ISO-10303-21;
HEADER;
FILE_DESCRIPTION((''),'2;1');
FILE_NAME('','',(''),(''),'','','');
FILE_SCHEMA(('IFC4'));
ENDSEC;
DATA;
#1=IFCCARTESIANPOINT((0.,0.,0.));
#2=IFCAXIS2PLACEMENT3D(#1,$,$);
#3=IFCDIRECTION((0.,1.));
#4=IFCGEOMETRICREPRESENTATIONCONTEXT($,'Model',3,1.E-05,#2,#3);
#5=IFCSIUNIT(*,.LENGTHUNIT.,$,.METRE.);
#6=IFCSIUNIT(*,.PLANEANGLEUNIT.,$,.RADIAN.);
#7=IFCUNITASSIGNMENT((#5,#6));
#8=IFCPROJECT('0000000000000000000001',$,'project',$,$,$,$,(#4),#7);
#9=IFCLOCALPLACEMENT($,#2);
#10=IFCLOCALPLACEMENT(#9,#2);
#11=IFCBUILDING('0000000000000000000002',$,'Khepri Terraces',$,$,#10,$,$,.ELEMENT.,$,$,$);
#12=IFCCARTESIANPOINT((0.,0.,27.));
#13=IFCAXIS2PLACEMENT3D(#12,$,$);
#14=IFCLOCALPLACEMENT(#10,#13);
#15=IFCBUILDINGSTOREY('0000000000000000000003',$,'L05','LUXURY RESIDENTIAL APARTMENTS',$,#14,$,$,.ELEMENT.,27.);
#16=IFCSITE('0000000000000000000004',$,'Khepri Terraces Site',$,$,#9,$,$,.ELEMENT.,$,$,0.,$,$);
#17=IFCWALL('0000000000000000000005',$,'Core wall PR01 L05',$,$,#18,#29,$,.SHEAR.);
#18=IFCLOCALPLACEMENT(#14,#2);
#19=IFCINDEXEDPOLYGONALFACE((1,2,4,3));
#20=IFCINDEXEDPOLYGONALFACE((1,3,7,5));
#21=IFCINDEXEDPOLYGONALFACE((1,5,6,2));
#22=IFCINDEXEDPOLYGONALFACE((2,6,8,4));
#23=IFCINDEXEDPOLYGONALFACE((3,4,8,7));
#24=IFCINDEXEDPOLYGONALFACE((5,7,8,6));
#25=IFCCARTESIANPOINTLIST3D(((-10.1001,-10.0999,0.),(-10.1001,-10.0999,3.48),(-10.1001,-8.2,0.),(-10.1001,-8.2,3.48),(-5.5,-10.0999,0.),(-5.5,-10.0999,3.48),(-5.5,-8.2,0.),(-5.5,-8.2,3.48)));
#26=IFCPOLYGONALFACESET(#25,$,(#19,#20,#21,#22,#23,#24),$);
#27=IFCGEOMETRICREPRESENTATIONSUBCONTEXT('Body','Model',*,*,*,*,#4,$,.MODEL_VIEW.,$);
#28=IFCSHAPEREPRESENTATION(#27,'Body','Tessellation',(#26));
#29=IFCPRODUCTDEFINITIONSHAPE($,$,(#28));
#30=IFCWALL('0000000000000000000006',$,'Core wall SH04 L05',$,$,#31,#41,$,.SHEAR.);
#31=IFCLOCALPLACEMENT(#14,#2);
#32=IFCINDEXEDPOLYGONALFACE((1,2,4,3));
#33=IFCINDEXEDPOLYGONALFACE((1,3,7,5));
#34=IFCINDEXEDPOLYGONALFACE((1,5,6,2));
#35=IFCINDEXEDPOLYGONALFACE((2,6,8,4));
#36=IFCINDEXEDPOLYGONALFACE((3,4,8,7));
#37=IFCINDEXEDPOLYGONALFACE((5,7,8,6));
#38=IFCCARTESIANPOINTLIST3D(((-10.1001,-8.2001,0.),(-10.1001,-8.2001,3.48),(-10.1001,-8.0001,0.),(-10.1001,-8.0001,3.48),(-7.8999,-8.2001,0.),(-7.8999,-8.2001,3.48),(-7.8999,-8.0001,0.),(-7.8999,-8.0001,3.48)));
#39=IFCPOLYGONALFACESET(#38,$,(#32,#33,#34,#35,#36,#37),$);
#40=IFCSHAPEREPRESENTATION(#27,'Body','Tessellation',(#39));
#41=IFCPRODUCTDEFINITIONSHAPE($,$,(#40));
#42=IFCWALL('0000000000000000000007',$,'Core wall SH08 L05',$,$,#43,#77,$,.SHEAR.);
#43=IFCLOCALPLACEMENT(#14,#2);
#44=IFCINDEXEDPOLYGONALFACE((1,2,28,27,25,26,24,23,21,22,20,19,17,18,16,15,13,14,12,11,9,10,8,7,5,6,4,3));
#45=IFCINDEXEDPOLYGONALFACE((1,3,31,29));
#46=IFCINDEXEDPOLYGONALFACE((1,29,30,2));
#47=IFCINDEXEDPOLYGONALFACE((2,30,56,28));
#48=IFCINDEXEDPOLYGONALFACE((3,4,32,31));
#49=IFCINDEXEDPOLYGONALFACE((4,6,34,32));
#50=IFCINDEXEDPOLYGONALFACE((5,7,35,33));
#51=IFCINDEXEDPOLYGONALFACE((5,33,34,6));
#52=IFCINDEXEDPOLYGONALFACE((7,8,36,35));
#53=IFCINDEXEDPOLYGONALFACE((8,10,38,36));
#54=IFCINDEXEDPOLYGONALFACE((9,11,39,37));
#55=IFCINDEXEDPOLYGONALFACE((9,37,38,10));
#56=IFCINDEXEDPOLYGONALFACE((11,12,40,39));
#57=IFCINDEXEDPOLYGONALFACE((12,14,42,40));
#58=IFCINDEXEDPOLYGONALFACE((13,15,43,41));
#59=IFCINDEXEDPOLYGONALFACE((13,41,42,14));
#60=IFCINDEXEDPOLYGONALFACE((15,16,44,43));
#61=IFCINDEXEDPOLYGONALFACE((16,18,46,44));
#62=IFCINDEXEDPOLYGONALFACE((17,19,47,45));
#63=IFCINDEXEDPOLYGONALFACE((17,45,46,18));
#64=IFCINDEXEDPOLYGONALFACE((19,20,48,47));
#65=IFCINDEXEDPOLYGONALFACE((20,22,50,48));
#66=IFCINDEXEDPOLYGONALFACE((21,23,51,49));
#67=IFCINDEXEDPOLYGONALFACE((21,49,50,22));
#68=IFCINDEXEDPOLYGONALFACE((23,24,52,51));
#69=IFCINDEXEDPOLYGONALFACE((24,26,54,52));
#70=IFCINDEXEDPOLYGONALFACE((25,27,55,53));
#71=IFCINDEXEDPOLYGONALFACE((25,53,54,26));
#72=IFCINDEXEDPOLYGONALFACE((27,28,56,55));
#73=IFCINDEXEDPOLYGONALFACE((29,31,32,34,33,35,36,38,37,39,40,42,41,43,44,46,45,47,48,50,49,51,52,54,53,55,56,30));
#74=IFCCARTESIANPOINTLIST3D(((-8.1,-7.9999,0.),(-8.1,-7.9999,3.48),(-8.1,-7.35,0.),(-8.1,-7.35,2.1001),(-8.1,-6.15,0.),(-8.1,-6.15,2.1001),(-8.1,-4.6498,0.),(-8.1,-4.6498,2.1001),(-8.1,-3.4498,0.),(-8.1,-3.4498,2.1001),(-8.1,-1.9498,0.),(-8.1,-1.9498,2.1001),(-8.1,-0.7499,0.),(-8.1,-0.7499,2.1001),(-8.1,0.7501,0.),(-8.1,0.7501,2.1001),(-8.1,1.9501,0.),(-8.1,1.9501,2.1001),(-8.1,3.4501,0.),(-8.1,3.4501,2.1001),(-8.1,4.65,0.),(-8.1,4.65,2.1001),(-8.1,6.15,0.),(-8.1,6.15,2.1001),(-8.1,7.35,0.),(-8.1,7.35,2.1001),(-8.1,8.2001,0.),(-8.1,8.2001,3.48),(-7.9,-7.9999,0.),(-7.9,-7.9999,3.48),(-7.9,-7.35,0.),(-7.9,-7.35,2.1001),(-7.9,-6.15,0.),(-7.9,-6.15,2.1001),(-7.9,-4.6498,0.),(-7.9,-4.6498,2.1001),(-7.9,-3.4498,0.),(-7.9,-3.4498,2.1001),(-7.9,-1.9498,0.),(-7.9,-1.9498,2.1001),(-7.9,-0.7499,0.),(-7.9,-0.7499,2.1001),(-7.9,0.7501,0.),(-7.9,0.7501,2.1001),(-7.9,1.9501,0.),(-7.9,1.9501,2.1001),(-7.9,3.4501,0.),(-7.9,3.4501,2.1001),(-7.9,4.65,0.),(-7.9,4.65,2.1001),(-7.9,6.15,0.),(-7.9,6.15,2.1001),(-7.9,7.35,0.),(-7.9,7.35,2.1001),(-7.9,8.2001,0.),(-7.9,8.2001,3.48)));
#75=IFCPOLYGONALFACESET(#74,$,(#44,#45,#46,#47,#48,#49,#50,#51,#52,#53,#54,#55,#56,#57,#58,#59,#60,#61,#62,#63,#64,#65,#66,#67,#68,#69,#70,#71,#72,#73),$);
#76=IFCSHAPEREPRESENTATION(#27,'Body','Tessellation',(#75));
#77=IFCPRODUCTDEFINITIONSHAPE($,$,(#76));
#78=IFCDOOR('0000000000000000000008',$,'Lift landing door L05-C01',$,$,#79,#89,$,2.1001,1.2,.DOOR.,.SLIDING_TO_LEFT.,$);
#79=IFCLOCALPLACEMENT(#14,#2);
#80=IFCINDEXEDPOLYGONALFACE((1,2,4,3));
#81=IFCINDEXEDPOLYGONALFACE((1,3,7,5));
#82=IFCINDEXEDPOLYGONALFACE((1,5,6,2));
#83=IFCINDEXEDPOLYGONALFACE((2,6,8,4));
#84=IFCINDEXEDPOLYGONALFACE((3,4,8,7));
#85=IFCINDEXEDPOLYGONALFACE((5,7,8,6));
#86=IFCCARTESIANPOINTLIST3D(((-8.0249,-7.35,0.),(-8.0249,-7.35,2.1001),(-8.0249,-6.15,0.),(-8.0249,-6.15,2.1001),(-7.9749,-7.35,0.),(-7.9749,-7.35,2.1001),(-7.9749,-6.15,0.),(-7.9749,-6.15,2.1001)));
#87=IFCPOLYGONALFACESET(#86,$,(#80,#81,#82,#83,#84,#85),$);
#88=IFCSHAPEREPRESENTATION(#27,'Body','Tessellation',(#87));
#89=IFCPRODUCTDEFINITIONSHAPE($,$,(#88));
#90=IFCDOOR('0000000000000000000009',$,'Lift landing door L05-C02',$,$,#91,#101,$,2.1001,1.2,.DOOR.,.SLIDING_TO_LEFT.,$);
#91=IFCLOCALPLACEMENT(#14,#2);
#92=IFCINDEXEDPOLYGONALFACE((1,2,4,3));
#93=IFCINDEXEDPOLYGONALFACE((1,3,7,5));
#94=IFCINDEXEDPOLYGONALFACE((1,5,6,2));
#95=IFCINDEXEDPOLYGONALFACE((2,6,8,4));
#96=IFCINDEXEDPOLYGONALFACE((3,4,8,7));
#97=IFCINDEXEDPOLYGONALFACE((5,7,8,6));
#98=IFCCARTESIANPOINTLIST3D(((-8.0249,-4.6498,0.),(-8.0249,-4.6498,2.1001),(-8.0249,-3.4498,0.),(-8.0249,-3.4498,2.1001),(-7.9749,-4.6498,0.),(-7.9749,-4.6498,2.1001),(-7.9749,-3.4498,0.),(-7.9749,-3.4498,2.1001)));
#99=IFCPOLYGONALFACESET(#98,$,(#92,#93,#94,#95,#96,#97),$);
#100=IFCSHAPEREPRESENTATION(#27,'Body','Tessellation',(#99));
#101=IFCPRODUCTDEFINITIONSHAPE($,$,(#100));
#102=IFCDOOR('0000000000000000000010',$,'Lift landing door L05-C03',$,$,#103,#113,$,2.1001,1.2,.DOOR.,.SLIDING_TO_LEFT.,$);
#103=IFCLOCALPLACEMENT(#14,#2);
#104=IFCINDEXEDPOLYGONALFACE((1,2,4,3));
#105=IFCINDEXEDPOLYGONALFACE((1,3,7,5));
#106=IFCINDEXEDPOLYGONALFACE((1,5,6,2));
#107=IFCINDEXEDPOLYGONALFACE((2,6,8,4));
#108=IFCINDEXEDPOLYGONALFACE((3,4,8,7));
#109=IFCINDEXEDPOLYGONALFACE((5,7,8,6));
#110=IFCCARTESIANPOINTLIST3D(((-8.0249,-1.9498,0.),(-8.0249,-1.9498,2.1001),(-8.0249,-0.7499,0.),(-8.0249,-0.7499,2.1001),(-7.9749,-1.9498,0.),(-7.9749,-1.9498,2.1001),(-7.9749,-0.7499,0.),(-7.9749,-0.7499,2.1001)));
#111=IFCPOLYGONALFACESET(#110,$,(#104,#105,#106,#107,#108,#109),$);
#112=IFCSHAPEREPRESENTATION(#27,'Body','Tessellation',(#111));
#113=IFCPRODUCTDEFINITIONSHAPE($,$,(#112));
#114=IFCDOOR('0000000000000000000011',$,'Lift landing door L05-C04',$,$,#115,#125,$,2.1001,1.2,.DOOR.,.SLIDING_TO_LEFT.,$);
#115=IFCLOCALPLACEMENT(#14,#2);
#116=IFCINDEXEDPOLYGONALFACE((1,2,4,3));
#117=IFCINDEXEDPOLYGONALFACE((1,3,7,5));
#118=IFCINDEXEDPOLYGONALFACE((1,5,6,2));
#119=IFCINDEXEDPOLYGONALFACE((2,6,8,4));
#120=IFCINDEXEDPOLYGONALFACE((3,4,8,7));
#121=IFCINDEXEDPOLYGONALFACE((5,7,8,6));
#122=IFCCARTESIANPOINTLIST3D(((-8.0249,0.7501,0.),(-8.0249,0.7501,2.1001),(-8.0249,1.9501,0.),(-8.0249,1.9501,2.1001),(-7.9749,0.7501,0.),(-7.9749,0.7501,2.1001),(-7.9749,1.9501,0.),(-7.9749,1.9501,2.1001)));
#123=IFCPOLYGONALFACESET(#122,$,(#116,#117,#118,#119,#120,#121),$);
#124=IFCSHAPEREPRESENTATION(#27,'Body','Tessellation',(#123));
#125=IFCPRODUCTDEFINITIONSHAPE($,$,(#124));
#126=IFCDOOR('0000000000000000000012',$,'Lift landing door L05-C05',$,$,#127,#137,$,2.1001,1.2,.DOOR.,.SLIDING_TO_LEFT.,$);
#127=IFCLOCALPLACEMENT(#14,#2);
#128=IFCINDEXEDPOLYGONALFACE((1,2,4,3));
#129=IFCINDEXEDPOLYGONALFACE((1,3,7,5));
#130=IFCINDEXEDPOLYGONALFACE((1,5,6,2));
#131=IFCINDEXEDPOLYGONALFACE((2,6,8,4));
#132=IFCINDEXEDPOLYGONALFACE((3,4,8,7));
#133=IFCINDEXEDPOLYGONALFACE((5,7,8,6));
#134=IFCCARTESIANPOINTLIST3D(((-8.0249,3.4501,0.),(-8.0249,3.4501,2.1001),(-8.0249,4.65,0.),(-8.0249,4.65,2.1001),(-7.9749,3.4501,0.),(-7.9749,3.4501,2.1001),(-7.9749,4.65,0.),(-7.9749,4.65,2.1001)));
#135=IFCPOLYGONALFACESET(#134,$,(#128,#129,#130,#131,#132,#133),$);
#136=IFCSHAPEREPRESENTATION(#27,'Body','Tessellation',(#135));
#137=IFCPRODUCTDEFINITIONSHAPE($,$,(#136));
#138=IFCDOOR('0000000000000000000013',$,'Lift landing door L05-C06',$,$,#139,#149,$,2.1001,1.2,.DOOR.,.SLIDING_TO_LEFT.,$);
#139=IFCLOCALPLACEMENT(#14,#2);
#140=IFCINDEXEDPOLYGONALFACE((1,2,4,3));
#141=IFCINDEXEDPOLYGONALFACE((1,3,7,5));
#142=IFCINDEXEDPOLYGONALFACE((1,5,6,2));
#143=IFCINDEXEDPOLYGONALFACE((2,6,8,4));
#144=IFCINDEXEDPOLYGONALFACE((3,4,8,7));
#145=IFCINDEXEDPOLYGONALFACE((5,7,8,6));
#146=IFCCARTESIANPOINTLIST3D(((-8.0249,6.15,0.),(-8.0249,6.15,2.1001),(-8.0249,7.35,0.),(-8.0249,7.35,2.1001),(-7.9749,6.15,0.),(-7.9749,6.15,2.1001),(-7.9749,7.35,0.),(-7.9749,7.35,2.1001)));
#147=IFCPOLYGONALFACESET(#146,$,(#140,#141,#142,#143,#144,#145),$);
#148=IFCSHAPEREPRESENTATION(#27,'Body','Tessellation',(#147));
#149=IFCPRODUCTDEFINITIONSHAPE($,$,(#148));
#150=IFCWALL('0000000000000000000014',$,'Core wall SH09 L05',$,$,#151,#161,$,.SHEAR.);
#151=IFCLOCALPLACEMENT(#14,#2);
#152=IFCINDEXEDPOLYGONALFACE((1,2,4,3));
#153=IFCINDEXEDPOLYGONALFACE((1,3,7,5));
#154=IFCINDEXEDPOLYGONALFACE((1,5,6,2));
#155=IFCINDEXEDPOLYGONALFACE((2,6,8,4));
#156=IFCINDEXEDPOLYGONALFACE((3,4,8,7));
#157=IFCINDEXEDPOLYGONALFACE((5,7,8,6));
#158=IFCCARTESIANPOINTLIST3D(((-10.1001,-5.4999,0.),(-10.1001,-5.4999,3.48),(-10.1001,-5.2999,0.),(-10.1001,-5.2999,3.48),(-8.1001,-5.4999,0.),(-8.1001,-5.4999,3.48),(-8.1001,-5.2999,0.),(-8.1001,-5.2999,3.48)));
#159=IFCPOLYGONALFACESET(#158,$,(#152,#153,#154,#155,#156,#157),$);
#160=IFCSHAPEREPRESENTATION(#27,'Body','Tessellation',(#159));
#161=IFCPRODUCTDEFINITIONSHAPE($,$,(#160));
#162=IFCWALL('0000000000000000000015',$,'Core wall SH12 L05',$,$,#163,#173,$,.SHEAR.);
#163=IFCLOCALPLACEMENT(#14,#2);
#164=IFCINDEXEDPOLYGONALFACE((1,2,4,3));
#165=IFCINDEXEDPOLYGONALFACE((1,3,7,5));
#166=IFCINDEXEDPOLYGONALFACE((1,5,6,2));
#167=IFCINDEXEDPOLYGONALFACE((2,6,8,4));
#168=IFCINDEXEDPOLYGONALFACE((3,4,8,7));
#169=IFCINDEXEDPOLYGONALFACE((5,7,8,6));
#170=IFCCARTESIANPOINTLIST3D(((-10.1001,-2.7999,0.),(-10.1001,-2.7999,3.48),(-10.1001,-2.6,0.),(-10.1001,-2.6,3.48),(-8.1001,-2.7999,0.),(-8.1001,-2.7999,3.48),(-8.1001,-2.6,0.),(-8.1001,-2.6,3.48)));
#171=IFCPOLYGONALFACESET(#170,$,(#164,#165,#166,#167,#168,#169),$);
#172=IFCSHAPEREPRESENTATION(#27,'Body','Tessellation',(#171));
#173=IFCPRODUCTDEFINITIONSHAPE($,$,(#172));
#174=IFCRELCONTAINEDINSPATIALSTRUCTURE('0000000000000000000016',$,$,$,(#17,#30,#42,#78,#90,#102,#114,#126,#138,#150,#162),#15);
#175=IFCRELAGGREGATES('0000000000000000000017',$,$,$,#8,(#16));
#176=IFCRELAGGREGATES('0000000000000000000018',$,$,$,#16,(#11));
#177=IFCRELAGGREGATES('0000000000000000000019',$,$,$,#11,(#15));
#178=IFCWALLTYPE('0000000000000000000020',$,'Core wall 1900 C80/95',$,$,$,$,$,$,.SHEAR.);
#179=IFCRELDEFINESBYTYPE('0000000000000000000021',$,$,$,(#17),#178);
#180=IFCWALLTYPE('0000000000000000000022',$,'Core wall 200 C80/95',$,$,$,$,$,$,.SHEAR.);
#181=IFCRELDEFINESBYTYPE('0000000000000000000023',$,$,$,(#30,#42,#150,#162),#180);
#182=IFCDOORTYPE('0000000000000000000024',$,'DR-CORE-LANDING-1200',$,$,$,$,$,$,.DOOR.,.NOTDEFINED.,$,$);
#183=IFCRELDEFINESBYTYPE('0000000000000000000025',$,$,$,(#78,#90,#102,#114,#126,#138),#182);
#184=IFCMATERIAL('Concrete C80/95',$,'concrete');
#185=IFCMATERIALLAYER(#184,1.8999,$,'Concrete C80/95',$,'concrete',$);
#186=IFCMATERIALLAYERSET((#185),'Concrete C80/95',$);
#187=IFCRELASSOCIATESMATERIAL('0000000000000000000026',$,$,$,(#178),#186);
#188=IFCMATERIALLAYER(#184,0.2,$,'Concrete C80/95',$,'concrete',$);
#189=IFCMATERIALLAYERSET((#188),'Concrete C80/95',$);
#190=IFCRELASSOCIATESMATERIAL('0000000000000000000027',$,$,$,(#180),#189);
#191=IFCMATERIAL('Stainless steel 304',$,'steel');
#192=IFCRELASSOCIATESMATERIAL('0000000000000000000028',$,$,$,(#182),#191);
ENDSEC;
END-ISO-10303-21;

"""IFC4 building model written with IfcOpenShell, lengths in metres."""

from ifc_helpers import new_model, si_unit, direction, frame, frame_2d, origin, place, context, subcontext, project, spatial, rectangle, extrude, material, layer, layer_set, type_object, element, fill, save


model = new_model("IFC4")

# Units and contexts
model_context = context("Model", 3, precision=1e-05, world=origin(), true_north=direction((0.0, 1.0)))
body_context = subcontext(model_context, "Body", "Model", "MODEL_VIEW")
ifc_project = project(units=[si_unit("LENGTHUNIT", "METRE"), si_unit("PLANEANGLEUNIT", "RADIAN")], contexts=[model_context])

# Site, building, storey
site_placement = place(None, origin())
site = spatial("IfcSite", under=ifc_project, at=site_placement, Name="Khepri Terraces Site", CompositionType="ELEMENT", RefElevation=0.0)
building_placement = place(site_placement, origin())
building = spatial("IfcBuilding", under=site, at=building_placement, Name="Khepri Terraces", CompositionType="ELEMENT")
storey_placement = place(building_placement, frame((0.0, 0.0, 27.0)))
storey = spatial("IfcBuildingStorey", under=building, at=storey_placement, Name="L05", Description="LUXURY RESIDENTIAL APARTMENTS", CompositionType="ELEMENT", Elevation=27.0)

# Walls
ifc_material_1 = material(Name="Concrete C80/95", Category="concrete")
ifc_layer_1 = layer(ifc_material_1, 1.8999, Name="Concrete C80/95", Category="concrete")
ifc_layer_set_1 = layer_set([ifc_layer_1], Name="Concrete C80/95")
wall_type_1 = type_object("IfcWallType", Name="Core wall 1900 C80/95", PredefinedType="SHEAR", material=ifc_layer_set_1)
wall_1_placement = place(storey_placement, frame((-10.1001, -9.1499, 0.0), z_axis=(0.0, 0.0, 1.0), x_axis=(1.0, 0.0, 0.0)))
element("IfcWall", 1, at=wall_1_placement, inside=storey, type_object=wall_type_1, Name="Core wall PR01 L05", PredefinedType="SHEAR", context=body_context, shape_type="SweptSolid", body=[
    extrude(rectangle(XDim=4.6001, YDim=1.8999, at=frame_2d((2.3, 0.0))), origin(), (0.0, 0.0, 1.0), 3.48),
])
ifc_layer_2 = layer(ifc_material_1, 0.2, Name="Concrete C80/95", Category="concrete")
ifc_layer_set_2 = layer_set([ifc_layer_2], Name="Concrete C80/95")
wall_type_2 = type_object("IfcWallType", Name="Core wall 200 C80/95", PredefinedType="SHEAR", material=ifc_layer_set_2)
wall_2_placement = place(storey_placement, frame((-10.1001, -8.1001, 0.0), z_axis=(0.0, 0.0, 1.0), x_axis=(1.0, 0.0, 0.0)))
element("IfcWall", 2, at=wall_2_placement, inside=storey, type_object=wall_type_2, Name="Core wall SH04 L05", PredefinedType="SHEAR", context=body_context, shape_type="SweptSolid", body=[
    extrude(rectangle(XDim=2.2002, YDim=0.2, at=frame_2d((1.1001, 0.0))), origin(), (0.0, 0.0, 1.0), 3.48),
])

# Wall, openings, doors
wall_3_placement = place(storey_placement, frame((-8.0, -8.0, 0.0), z_axis=(0.0, 0.0, 1.0), x_axis=(0.0, 1.0, 0.0)))
wall_3 = element("IfcWall", 3, at=wall_3_placement, inside=storey, type_object=wall_type_2, Name="Core wall SH08 L05", PredefinedType="SHEAR", context=body_context, shape_type="SweptSolid", body=[
    extrude(rectangle(XDim=16.2, YDim=0.2, at=frame_2d((8.1001, 0.0))), origin(), (0.0, 0.0, 1.0), 3.48),
])
opening_1_placement = place(wall_3_placement, frame((0.6499, 0.0, 0.0)))
opening_1 = element("IfcOpeningElement", 4, at=opening_1_placement, cuts=wall_3, PredefinedType="OPENING", context=body_context, shape_type="SweptSolid", body=[
    extrude(rectangle(XDim=1.2, YDim=2.1001, at=frame_2d((0.6001, 1.05))), frame((0.0, 0.1099, 0.0), z_axis=(0.0, -1.0, 0.0), x_axis=(1.0, 0.0, 0.0)), (0.0, 0.0, 1.0), 0.22),
])
opening_2_placement = place(wall_3_placement, frame((3.3501, 0.0, 0.0)))
opening_2 = element("IfcOpeningElement", 5, at=opening_2_placement, cuts=wall_3, PredefinedType="OPENING", context=body_context, shape_type="SweptSolid", body=[
    extrude(rectangle(XDim=1.2, YDim=2.1001, at=frame_2d((0.6001, 1.05))), frame((0.0, 0.1099, 0.0), z_axis=(0.0, -1.0, 0.0), x_axis=(1.0, 0.0, 0.0)), (0.0, 0.0, 1.0), 0.22),
])
opening_3_placement = place(wall_3_placement, frame((6.05, 0.0, 0.0)))
opening_3 = element("IfcOpeningElement", 6, at=opening_3_placement, cuts=wall_3, PredefinedType="OPENING", context=body_context, shape_type="SweptSolid", body=[
    extrude(rectangle(XDim=1.2, YDim=2.1001, at=frame_2d((0.6001, 1.05))), frame((0.0, 0.1099, 0.0), z_axis=(0.0, -1.0, 0.0), x_axis=(1.0, 0.0, 0.0)), (0.0, 0.0, 1.0), 0.22),
])
opening_4_placement = place(wall_3_placement, frame((8.75, 0.0, 0.0)))
opening_4 = element("IfcOpeningElement", 7, at=opening_4_placement, cuts=wall_3, PredefinedType="OPENING", context=body_context, shape_type="SweptSolid", body=[
    extrude(rectangle(XDim=1.2, YDim=2.1001, at=frame_2d((0.6001, 1.05))), frame((0.0, 0.1099, 0.0), z_axis=(0.0, -1.0, 0.0), x_axis=(1.0, 0.0, 0.0)), (0.0, 0.0, 1.0), 0.22),
])
opening_5_placement = place(wall_3_placement, frame((11.45, 0.0, 0.0)))
opening_5 = element("IfcOpeningElement", 8, at=opening_5_placement, cuts=wall_3, PredefinedType="OPENING", context=body_context, shape_type="SweptSolid", body=[
    extrude(rectangle(XDim=1.2, YDim=2.1001, at=frame_2d((0.6001, 1.05))), frame((0.0, 0.1099, 0.0), z_axis=(0.0, -1.0, 0.0), x_axis=(1.0, 0.0, 0.0)), (0.0, 0.0, 1.0), 0.22),
])
opening_6_placement = place(wall_3_placement, frame((14.1499, 0.0, 0.0)))
opening_6 = element("IfcOpeningElement", 9, at=opening_6_placement, cuts=wall_3, PredefinedType="OPENING", context=body_context, shape_type="SweptSolid", body=[
    extrude(rectangle(XDim=1.2, YDim=2.1001, at=frame_2d((0.6001, 1.05))), frame((0.0, 0.1099, 0.0), z_axis=(0.0, -1.0, 0.0), x_axis=(1.0, 0.0, 0.0)), (0.0, 0.0, 1.0), 0.22),
])
ifc_material_2 = material(Name="Stainless steel 304", Category="steel")
door_type_1 = type_object("IfcDoorType", Name="DR-CORE-LANDING-1200", OperationType="NOTDEFINED", PredefinedType="DOOR", material=ifc_material_2)
door_1_placement = place(opening_1_placement, origin())
door_1 = element("IfcDoor", 10, at=door_1_placement, inside=storey, type_object=door_type_1, Name="Lift landing door L05-C01", OperationType="SLIDING_TO_LEFT", OverallHeight=2.1001, OverallWidth=1.2, PredefinedType="DOOR", context=body_context, shape_type="SweptSolid", body=[
    extrude(rectangle(XDim=1.2, YDim=2.1001, at=frame_2d((0.6001, 1.05))), frame((0.0, 0.0249, 0.0), z_axis=(0.0, -1.0, 0.0), x_axis=(1.0, 0.0, 0.0)), (0.0, 0.0, 1.0), 0.05),
])
fill(opening_1, door_1)
door_2_placement = place(opening_2_placement, origin())
door_2 = element("IfcDoor", 11, at=door_2_placement, inside=storey, type_object=door_type_1, Name="Lift landing door L05-C02", OperationType="SLIDING_TO_LEFT", OverallHeight=2.1001, OverallWidth=1.2, PredefinedType="DOOR", context=body_context, shape_type="SweptSolid", body=[
    extrude(rectangle(XDim=1.2, YDim=2.1001, at=frame_2d((0.6001, 1.05))), frame((0.0, 0.0249, 0.0), z_axis=(0.0, -1.0, 0.0), x_axis=(1.0, 0.0, 0.0)), (0.0, 0.0, 1.0), 0.05),
])
fill(opening_2, door_2)
door_3_placement = place(opening_3_placement, origin())
door_3 = element("IfcDoor", 12, at=door_3_placement, inside=storey, type_object=door_type_1, Name="Lift landing door L05-C03", OperationType="SLIDING_TO_LEFT", OverallHeight=2.1001, OverallWidth=1.2, PredefinedType="DOOR", context=body_context, shape_type="SweptSolid", body=[
    extrude(rectangle(XDim=1.2, YDim=2.1001, at=frame_2d((0.6001, 1.05))), frame((0.0, 0.0249, 0.0), z_axis=(0.0, -1.0, 0.0), x_axis=(1.0, 0.0, 0.0)), (0.0, 0.0, 1.0), 0.05),
])
fill(opening_3, door_3)
door_4_placement = place(opening_4_placement, origin())
door_4 = element("IfcDoor", 13, at=door_4_placement, inside=storey, type_object=door_type_1, Name="Lift landing door L05-C04", OperationType="SLIDING_TO_LEFT", OverallHeight=2.1001, OverallWidth=1.2, PredefinedType="DOOR", context=body_context, shape_type="SweptSolid", body=[
    extrude(rectangle(XDim=1.2, YDim=2.1001, at=frame_2d((0.6001, 1.05))), frame((0.0, 0.0249, 0.0), z_axis=(0.0, -1.0, 0.0), x_axis=(1.0, 0.0, 0.0)), (0.0, 0.0, 1.0), 0.05),
])
fill(opening_4, door_4)
door_5_placement = place(opening_5_placement, origin())
door_5 = element("IfcDoor", 14, at=door_5_placement, inside=storey, type_object=door_type_1, Name="Lift landing door L05-C05", OperationType="SLIDING_TO_LEFT", OverallHeight=2.1001, OverallWidth=1.2, PredefinedType="DOOR", context=body_context, shape_type="SweptSolid", body=[
    extrude(rectangle(XDim=1.2, YDim=2.1001, at=frame_2d((0.6001, 1.05))), frame((0.0, 0.0249, 0.0), z_axis=(0.0, -1.0, 0.0), x_axis=(1.0, 0.0, 0.0)), (0.0, 0.0, 1.0), 0.05),
])
fill(opening_5, door_5)
door_6_placement = place(opening_6_placement, origin())
door_6 = element("IfcDoor", 15, at=door_6_placement, inside=storey, type_object=door_type_1, Name="Lift landing door L05-C06", OperationType="SLIDING_TO_LEFT", OverallHeight=2.1001, OverallWidth=1.2, PredefinedType="DOOR", context=body_context, shape_type="SweptSolid", body=[
    extrude(rectangle(XDim=1.2, YDim=2.1001, at=frame_2d((0.6001, 1.05))), frame((0.0, 0.0249, 0.0), z_axis=(0.0, -1.0, 0.0), x_axis=(1.0, 0.0, 0.0)), (0.0, 0.0, 1.0), 0.05),
])
fill(opening_6, door_6)

# Walls
for number, where, z_axis, x_axis, name in (
    (16, (-10.1001, -5.3999, 0.0), (0.0, 0.0, 1.0), (1.0, 0.0, 0.0), "Core wall SH09 L05"),
    (17, (-10.1001, -2.7, 0.0), (0.0, 0.0, 1.0), (1.0, 0.0, 0.0), "Core wall SH12 L05"),
):
    element("IfcWall", number, at=place(storey_placement, frame(where, z_axis=z_axis, x_axis=x_axis)), inside=storey, type_object=wall_type_2, Name=name, PredefinedType="SHEAR", context=body_context, shape_type="SweptSolid", body=[
        extrude(rectangle(XDim=2.0, YDim=0.2, at=frame_2d((1.0, 0.0))), origin(), (0.0, 0.0, 1.0), 3.48),
    ])

save(model, "model.ifc")
